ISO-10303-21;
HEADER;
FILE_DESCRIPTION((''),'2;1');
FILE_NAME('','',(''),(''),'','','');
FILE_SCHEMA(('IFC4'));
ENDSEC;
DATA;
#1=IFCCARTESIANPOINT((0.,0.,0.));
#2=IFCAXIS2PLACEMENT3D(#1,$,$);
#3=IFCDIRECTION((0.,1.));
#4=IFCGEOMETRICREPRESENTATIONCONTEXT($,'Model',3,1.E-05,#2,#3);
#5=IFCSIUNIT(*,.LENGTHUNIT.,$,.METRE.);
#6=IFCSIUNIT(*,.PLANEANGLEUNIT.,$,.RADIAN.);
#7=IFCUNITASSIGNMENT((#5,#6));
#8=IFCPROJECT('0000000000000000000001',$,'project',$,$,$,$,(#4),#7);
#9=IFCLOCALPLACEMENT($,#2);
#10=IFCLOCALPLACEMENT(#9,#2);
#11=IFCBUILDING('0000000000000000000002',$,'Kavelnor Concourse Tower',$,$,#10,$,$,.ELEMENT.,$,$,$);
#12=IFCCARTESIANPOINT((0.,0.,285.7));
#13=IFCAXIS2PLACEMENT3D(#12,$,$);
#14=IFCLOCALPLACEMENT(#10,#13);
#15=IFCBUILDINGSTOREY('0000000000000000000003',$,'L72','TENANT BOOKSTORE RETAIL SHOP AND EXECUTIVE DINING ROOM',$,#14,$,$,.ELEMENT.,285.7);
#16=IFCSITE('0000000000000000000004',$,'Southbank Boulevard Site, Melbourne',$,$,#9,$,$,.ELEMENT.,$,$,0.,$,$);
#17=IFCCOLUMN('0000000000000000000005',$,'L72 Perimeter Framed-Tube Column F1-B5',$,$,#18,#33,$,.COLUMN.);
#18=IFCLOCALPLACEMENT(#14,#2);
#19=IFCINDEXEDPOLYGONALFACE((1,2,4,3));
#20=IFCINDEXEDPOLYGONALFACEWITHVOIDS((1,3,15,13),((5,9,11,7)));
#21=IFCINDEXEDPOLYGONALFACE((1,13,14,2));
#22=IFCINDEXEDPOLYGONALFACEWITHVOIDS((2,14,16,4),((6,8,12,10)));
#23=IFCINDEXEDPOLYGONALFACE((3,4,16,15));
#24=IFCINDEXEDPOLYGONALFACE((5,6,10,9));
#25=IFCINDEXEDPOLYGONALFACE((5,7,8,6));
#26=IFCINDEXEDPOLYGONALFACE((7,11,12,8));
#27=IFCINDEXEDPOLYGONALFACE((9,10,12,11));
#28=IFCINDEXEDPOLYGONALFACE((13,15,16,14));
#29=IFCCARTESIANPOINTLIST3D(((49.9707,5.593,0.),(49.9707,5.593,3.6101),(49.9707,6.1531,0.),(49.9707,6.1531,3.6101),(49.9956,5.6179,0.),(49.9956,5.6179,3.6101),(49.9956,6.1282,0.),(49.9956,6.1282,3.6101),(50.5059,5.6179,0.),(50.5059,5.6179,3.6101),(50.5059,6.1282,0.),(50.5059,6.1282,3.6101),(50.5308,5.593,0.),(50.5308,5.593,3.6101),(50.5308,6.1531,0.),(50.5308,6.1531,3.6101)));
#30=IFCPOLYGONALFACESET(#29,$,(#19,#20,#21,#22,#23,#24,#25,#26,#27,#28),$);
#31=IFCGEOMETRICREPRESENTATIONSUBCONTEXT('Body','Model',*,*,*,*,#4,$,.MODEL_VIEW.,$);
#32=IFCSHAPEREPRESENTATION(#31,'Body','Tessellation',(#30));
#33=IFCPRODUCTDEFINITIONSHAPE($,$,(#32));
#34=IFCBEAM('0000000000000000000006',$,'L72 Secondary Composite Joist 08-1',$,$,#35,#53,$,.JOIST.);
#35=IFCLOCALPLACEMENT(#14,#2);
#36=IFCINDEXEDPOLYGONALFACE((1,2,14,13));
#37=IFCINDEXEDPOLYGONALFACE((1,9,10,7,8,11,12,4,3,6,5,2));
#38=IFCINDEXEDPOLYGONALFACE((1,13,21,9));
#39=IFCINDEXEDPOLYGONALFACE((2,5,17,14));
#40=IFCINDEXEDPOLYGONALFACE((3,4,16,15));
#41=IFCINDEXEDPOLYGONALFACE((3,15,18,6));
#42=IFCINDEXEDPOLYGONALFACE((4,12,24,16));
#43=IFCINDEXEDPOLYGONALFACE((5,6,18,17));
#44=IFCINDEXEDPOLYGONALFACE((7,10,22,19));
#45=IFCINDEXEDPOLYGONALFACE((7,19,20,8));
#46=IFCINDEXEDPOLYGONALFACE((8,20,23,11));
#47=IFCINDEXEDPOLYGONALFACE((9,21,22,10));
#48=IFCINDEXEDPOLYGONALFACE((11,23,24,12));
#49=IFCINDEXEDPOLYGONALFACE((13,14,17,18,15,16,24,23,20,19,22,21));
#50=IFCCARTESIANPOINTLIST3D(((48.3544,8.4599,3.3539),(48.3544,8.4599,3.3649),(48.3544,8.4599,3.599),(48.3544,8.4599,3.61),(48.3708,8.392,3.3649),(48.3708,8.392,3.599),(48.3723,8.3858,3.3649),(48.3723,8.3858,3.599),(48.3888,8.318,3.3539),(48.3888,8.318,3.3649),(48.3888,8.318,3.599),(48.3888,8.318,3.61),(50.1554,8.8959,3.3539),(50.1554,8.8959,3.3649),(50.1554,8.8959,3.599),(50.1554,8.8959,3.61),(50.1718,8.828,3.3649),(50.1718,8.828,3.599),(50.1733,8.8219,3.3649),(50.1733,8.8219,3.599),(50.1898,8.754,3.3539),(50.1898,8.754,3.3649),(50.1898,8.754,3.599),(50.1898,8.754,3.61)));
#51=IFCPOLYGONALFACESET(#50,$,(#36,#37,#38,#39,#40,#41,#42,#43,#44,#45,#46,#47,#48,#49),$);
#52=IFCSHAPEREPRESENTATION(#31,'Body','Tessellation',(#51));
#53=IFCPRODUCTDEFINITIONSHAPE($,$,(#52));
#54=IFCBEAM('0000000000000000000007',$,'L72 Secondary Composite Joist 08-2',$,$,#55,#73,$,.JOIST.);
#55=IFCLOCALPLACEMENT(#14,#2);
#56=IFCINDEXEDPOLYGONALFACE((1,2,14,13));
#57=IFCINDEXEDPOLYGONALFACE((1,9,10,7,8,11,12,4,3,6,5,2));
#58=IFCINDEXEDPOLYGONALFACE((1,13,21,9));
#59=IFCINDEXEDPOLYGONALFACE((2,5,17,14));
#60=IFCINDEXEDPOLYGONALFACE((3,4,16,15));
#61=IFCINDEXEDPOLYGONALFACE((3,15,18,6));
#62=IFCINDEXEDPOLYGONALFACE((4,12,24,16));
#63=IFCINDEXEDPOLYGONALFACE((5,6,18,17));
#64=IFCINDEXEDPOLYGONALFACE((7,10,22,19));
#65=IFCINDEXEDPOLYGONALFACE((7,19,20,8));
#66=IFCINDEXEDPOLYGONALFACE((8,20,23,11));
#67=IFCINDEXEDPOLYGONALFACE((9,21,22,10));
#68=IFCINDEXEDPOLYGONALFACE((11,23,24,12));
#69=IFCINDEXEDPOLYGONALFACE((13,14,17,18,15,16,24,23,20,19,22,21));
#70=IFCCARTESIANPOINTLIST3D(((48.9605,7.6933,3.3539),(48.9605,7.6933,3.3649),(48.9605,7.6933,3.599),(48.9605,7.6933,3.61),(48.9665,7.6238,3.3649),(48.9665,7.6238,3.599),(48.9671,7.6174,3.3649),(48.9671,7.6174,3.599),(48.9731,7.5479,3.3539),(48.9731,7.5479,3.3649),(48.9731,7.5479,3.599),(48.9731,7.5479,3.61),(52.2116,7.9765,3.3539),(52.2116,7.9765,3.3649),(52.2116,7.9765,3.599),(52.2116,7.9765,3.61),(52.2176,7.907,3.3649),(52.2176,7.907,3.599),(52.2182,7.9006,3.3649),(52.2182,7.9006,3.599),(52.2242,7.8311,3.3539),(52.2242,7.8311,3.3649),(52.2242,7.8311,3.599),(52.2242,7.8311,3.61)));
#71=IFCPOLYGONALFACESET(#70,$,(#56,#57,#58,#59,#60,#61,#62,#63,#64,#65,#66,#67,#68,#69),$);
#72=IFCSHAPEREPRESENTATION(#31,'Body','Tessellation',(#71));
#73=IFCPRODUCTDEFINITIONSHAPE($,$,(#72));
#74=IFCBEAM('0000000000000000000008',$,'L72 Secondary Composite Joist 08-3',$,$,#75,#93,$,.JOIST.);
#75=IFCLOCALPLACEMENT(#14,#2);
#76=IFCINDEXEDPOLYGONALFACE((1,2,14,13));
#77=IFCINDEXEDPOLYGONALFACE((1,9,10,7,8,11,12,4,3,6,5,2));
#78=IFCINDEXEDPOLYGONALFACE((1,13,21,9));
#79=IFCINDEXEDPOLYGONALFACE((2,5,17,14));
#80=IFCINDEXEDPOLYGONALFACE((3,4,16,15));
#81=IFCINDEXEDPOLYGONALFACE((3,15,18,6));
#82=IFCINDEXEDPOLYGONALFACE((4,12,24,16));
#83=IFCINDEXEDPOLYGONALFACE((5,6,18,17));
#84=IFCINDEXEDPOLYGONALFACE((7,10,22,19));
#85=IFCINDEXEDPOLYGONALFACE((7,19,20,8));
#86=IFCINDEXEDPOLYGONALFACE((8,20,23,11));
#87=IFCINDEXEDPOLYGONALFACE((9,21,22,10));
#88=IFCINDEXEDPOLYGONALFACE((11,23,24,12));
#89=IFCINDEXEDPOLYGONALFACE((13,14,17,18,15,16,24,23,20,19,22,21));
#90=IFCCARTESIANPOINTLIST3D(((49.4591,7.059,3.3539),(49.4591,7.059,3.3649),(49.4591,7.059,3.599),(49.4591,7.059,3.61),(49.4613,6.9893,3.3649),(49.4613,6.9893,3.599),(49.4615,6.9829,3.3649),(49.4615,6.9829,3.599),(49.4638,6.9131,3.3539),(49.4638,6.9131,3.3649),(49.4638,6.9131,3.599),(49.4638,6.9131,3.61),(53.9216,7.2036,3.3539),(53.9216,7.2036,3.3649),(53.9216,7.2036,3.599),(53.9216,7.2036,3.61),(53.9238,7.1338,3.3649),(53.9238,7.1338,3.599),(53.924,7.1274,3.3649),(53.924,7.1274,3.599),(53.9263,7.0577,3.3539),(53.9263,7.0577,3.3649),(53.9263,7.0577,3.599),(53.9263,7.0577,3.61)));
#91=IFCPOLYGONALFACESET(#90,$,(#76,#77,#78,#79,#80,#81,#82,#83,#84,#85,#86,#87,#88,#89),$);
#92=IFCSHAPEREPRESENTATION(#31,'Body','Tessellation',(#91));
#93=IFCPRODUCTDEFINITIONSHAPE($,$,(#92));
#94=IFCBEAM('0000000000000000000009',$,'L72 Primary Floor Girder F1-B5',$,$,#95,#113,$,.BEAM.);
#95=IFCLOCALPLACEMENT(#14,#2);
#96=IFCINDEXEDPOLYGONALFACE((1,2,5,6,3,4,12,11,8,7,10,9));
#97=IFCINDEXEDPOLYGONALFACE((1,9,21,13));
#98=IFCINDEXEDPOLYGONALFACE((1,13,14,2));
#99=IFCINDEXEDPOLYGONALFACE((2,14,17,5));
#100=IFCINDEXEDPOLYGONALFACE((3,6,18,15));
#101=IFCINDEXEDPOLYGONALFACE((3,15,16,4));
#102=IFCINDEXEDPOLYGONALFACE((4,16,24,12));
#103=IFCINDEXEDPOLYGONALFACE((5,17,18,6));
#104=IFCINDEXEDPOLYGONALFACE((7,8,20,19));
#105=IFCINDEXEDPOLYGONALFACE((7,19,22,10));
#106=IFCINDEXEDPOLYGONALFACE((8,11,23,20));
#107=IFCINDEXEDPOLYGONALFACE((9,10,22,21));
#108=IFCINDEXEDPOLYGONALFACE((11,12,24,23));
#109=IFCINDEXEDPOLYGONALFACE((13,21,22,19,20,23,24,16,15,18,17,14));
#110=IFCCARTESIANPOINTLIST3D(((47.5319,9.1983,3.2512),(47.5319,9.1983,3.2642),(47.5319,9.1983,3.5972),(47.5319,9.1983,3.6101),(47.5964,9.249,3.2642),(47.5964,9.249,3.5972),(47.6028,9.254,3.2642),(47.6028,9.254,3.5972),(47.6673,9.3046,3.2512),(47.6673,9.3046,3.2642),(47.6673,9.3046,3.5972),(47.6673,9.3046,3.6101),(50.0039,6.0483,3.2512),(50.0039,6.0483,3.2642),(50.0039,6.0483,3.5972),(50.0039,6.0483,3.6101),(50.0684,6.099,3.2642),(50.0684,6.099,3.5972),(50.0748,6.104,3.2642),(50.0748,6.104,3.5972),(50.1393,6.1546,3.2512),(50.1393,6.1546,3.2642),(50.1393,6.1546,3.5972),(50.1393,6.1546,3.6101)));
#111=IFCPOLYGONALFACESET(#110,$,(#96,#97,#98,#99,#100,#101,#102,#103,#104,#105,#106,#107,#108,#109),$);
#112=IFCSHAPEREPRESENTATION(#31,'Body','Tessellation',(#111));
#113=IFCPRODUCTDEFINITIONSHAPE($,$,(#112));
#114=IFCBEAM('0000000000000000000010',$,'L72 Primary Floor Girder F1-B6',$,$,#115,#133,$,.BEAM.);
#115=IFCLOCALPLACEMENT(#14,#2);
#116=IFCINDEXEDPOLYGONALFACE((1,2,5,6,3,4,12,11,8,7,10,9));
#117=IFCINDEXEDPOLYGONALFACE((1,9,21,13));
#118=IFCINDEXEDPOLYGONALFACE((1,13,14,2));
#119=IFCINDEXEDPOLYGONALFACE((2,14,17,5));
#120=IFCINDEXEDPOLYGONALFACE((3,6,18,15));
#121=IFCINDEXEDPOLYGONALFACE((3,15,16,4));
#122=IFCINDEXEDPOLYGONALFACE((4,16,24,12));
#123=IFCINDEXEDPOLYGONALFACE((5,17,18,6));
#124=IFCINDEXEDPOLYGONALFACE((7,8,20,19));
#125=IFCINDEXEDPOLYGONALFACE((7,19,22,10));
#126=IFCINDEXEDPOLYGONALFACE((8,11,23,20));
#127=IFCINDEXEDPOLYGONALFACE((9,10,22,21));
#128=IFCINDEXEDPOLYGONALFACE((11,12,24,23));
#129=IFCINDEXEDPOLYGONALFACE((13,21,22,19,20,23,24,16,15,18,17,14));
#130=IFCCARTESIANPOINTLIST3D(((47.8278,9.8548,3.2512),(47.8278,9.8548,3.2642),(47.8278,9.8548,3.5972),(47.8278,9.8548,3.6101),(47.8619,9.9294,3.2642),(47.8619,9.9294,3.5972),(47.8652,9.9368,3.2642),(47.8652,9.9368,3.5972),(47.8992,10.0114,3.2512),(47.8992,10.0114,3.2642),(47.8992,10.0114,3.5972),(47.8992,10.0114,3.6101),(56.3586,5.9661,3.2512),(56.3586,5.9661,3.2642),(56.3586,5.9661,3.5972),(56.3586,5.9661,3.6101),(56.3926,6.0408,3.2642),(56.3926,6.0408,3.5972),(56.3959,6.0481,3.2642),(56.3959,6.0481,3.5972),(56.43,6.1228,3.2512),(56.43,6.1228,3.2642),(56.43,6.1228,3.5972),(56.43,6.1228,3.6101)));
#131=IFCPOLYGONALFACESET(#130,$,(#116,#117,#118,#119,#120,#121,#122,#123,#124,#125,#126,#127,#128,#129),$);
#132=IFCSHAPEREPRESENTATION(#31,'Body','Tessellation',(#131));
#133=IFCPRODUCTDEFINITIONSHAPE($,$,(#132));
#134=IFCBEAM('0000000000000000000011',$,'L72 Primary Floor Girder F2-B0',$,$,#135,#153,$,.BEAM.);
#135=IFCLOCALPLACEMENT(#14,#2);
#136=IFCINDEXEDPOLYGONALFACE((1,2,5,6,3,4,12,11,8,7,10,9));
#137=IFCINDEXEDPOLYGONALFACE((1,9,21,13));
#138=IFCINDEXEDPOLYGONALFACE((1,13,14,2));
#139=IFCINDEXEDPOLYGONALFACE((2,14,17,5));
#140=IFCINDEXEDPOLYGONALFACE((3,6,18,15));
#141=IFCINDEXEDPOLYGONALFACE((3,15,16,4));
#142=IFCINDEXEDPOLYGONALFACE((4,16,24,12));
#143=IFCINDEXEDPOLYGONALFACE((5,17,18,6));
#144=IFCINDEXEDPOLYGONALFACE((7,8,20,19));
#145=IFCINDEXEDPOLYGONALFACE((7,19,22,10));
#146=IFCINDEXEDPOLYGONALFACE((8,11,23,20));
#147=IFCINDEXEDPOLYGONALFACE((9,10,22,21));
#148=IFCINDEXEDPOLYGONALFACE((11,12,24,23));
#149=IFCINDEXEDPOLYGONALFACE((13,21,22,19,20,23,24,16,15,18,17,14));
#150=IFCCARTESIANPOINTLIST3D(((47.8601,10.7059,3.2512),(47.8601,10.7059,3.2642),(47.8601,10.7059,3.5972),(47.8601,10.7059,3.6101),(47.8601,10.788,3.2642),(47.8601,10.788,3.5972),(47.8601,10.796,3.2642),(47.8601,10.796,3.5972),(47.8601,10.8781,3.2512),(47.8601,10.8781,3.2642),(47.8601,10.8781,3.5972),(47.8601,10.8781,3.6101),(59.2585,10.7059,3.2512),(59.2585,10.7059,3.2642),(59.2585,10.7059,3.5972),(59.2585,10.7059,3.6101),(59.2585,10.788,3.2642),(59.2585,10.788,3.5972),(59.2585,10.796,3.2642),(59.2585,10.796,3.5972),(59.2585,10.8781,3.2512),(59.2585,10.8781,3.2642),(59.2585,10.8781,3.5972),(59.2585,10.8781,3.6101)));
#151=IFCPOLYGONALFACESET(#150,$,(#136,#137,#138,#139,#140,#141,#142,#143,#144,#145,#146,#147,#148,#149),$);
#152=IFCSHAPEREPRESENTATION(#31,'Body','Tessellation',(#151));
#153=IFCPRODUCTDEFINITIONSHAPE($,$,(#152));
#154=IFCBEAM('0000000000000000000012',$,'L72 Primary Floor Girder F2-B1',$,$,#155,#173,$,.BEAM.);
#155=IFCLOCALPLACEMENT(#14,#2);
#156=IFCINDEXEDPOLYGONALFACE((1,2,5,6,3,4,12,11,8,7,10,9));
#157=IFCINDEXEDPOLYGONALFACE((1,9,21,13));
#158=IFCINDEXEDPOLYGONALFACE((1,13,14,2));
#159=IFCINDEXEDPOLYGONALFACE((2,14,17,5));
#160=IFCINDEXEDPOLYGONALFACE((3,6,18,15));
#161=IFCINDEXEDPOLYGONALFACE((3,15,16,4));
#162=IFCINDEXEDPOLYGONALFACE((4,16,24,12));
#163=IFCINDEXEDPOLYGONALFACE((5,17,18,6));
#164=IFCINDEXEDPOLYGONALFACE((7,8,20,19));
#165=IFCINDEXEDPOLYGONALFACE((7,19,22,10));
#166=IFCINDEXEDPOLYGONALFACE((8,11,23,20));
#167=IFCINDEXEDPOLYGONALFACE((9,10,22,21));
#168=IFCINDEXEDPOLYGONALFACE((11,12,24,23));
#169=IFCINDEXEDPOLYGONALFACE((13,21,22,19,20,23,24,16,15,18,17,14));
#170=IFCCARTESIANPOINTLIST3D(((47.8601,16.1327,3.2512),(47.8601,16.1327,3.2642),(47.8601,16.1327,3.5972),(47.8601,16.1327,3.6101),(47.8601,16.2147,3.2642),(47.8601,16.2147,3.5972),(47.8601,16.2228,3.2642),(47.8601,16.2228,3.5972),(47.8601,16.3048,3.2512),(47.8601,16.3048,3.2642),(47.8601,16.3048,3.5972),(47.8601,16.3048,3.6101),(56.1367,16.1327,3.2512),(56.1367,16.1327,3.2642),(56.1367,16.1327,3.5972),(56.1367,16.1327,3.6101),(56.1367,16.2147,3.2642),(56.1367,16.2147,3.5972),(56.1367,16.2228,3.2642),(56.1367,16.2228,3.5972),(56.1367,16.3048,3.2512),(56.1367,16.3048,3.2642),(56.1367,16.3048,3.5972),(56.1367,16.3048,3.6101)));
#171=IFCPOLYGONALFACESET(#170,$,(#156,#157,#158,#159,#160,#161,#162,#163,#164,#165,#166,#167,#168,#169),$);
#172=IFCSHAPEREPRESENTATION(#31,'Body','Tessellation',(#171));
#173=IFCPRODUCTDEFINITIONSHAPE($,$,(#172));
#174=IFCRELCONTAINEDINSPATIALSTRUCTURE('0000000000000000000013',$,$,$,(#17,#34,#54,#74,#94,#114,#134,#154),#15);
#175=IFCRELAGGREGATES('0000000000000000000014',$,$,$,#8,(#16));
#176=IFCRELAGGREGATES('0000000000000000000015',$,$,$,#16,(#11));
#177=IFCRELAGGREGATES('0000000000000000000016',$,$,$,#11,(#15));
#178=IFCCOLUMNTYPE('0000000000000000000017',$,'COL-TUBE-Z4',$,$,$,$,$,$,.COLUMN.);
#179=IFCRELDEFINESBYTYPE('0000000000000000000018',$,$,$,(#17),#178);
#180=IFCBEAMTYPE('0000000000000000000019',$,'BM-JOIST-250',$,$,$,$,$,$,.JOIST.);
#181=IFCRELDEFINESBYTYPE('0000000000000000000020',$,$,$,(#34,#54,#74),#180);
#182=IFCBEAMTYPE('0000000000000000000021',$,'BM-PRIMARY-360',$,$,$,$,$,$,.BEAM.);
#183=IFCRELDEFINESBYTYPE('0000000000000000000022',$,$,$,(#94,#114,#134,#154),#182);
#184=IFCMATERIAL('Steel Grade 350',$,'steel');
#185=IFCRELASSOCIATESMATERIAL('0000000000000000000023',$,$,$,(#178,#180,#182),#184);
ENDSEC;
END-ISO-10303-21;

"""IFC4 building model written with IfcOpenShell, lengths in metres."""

from ifc_helpers import new_model, si_unit, direction, frame, origin, origin_2d, place, context, subcontext, project, spatial, hollow_rectangle, i_section, extrude, material, material_profile, profile_set, type_object, element, save


model = new_model("IFC4")

# Units and contexts
model_context = context("Model", 3, precision=1e-05, world=origin(), true_north=direction((0.0, 1.0)))
body_context = subcontext(model_context, "Body", "Model", "MODEL_VIEW")
ifc_project = project(units=[si_unit("LENGTHUNIT", "METRE"), si_unit("PLANEANGLEUNIT", "RADIAN")], contexts=[model_context])

# Site, building, storey
site_placement = place(None, origin())
site = spatial("IfcSite", under=ifc_project, at=site_placement, Name="Southbank Boulevard Site, Melbourne", CompositionType="ELEMENT", RefElevation=0.0)
building_placement = place(site_placement, origin())
building = spatial("IfcBuilding", under=site, at=building_placement, Name="Kavelnor Concourse Tower", CompositionType="ELEMENT")
storey_placement = place(building_placement, frame((0.0, 0.0, 285.7)))
storey = spatial("IfcBuildingStorey", under=building, at=storey_placement, Name="L72", Description="TENANT BOOKSTORE RETAIL SHOP AND EXECUTIVE DINING ROOM", CompositionType="ELEMENT", Elevation=285.7)

# Column
ifc_material_1 = material(Name="Steel Grade 350", Category="steel")
ifc_material_profile_1 = material_profile(ifc_material_1, hollow_rectangle(XDim=0.5601, YDim=0.5601, WallThickness=0.0249, at=origin_2d()), Name="SHS 560x560x25")
ifc_profile_set_1 = profile_set([ifc_material_profile_1], Name="Steel Grade 350")
column_type = type_object("IfcColumnType", Name="COL-TUBE-Z4", PredefinedType="COLUMN", material=ifc_profile_set_1)
column_placement = place(storey_placement, frame((50.2507, 5.873, 0.0), z_axis=(0.0, 0.0, 1.0), x_axis=(1.0, 0.0, 0.0)))
element("IfcColumn", 1, at=column_placement, inside=storey, type_object=column_type, Name="L72 Perimeter Framed-Tube Column F1-B5", PredefinedType="COLUMN", context=body_context, shape_type="SweptSolid", body=[
    extrude(hollow_rectangle(XDim=0.5601, YDim=0.5601, WallThickness=0.0249, at=origin_2d()), origin(), (0.0, 0.0, 1.0), 3.6101),
])

# Beams
ifc_material_profile_2 = material_profile(ifc_material_1, i_section(OverallWidth=0.146, OverallDepth=0.2561, WebThickness=0.0063, FlangeThickness=0.011, at=origin_2d()), Name="250UB37")
ifc_profile_set_2 = profile_set([ifc_material_profile_2], Name="Steel Grade 350")
beam_type_1 = type_object("IfcBeamType", Name="BM-JOIST-250", PredefinedType="JOIST", material=ifc_profile_set_2)
beam_1_placement = place(storey_placement, frame((48.3716, 8.3889, 3.4819), z_axis=(0.971921, 0.235306, 0.0), x_axis=(-0.235306, 0.971921, 0.0)))
element("IfcBeam", 2, at=beam_1_placement, inside=storey, type_object=beam_type_1, Name="L72 Secondary Composite Joist 08-1", PredefinedType="JOIST", context=body_context, shape_type="SweptSolid", body=[
    extrude(i_section(OverallWidth=0.146, OverallDepth=0.2561, WebThickness=0.0063, FlangeThickness=0.011, at=origin_2d()), origin(), (0.0, 0.0, 1.0), 1.853),
])
beam_2_placement = place(storey_placement, frame((48.9668, 7.6206, 3.4819), z_axis=(0.996228, 0.086778, 0.0), x_axis=(-0.086778, 0.996228, 0.0)))
element("IfcBeam", 3, at=beam_2_placement, inside=storey, type_object=beam_type_1, Name="L72 Secondary Composite Joist 08-2", PredefinedType="JOIST", context=body_context, shape_type="SweptSolid", body=[
    extrude(i_section(OverallWidth=0.146, OverallDepth=0.2561, WebThickness=0.0063, FlangeThickness=0.011, at=origin_2d()), origin(), (0.0, 0.0, 1.0), 3.2634),
])
beam_3_placement = place(storey_placement, frame((49.4614, 6.9861, 3.4819), z_axis=(0.999476, 0.032372, 0.0), x_axis=(-0.032372, 0.999476, 0.0)))
element("IfcBeam", 4, at=beam_3_placement, inside=storey, type_object=beam_type_1, Name="L72 Secondary Composite Joist 08-3", PredefinedType="JOIST", context=body_context, shape_type="SweptSolid", body=[
    extrude(i_section(OverallWidth=0.146, OverallDepth=0.2561, WebThickness=0.0063, FlangeThickness=0.011, at=origin_2d()), origin(), (0.0, 0.0, 1.0), 4.4648),
])
ifc_material_profile_3 = material_profile(ifc_material_1, i_section(OverallWidth=0.1721, OverallDepth=0.3589, WebThickness=0.0081, FlangeThickness=0.0129, at=origin_2d()), Name="360UB56")
ifc_profile_set_3 = profile_set([ifc_material_profile_3], Name="Steel Grade 350")
beam_type_2 = type_object("IfcBeamType", Name="BM-PRIMARY-360", PredefinedType="BEAM", material=ifc_profile_set_3)
beam_4_placement = place(storey_placement, frame((47.5996, 9.2515, 3.4307), z_axis=(0.617358, -0.786682, 0.0), x_axis=(0.786682, 0.617358, 0.0)))
element("IfcBeam", 5, at=beam_4_placement, inside=storey, type_object=beam_type_2, Name="L72 Primary Floor Girder F1-B5", PredefinedType="BEAM", context=body_context, shape_type="SweptSolid", body=[
    extrude(i_section(OverallWidth=0.1721, OverallDepth=0.3589, WebThickness=0.0081, FlangeThickness=0.0129, at=origin_2d()), origin(), (0.0, 0.0, 1.0), 4.0042),
])
beam_5_placement = place(storey_placement, frame((47.8635, 9.9331, 3.4307), z_axis=(0.909922, -0.41478, 0.0), x_axis=(0.41478, 0.909922, 0.0)))
element("IfcBeam", 6, at=beam_5_placement, inside=storey, type_object=beam_type_2, Name="L72 Primary Floor Girder F1-B6", PredefinedType="BEAM", context=body_context, shape_type="SweptSolid", body=[
    extrude(i_section(OverallWidth=0.1721, OverallDepth=0.3589, WebThickness=0.0081, FlangeThickness=0.0129, at=origin_2d()), origin(), (0.0, 0.0, 1.0), 9.3752),
])
beam_6_placement = place(storey_placement, frame((47.8601, 10.792, 3.4307), z_axis=(1.0, 0.0, 0.0), x_axis=(0.0, 1.0, 0.0)))
element("IfcBeam", 7, at=beam_6_placement, inside=storey, type_object=beam_type_2, Name="L72 Primary Floor Girder F2-B0", PredefinedType="BEAM", context=body_context, shape_type="SweptSolid", body=[
    extrude(i_section(OverallWidth=0.1721, OverallDepth=0.3589, WebThickness=0.0081, FlangeThickness=0.0129, at=origin_2d()), origin(), (0.0, 0.0, 1.0), 11.3984),
])
beam_7_placement = place(storey_placement, frame((47.8601, 16.2188, 3.4307), z_axis=(1.0, 0.0, 0.0), x_axis=(0.0, 1.0, 0.0)))
element("IfcBeam", 8, at=beam_7_placement, inside=storey, type_object=beam_type_2, Name="L72 Primary Floor Girder F2-B1", PredefinedType="BEAM", context=body_context, shape_type="SweptSolid", body=[
    extrude(i_section(OverallWidth=0.1721, OverallDepth=0.3589, WebThickness=0.0081, FlangeThickness=0.0129, at=origin_2d()), origin(), (0.0, 0.0, 1.0), 8.2766),
])

save(model, "model.ifc")
